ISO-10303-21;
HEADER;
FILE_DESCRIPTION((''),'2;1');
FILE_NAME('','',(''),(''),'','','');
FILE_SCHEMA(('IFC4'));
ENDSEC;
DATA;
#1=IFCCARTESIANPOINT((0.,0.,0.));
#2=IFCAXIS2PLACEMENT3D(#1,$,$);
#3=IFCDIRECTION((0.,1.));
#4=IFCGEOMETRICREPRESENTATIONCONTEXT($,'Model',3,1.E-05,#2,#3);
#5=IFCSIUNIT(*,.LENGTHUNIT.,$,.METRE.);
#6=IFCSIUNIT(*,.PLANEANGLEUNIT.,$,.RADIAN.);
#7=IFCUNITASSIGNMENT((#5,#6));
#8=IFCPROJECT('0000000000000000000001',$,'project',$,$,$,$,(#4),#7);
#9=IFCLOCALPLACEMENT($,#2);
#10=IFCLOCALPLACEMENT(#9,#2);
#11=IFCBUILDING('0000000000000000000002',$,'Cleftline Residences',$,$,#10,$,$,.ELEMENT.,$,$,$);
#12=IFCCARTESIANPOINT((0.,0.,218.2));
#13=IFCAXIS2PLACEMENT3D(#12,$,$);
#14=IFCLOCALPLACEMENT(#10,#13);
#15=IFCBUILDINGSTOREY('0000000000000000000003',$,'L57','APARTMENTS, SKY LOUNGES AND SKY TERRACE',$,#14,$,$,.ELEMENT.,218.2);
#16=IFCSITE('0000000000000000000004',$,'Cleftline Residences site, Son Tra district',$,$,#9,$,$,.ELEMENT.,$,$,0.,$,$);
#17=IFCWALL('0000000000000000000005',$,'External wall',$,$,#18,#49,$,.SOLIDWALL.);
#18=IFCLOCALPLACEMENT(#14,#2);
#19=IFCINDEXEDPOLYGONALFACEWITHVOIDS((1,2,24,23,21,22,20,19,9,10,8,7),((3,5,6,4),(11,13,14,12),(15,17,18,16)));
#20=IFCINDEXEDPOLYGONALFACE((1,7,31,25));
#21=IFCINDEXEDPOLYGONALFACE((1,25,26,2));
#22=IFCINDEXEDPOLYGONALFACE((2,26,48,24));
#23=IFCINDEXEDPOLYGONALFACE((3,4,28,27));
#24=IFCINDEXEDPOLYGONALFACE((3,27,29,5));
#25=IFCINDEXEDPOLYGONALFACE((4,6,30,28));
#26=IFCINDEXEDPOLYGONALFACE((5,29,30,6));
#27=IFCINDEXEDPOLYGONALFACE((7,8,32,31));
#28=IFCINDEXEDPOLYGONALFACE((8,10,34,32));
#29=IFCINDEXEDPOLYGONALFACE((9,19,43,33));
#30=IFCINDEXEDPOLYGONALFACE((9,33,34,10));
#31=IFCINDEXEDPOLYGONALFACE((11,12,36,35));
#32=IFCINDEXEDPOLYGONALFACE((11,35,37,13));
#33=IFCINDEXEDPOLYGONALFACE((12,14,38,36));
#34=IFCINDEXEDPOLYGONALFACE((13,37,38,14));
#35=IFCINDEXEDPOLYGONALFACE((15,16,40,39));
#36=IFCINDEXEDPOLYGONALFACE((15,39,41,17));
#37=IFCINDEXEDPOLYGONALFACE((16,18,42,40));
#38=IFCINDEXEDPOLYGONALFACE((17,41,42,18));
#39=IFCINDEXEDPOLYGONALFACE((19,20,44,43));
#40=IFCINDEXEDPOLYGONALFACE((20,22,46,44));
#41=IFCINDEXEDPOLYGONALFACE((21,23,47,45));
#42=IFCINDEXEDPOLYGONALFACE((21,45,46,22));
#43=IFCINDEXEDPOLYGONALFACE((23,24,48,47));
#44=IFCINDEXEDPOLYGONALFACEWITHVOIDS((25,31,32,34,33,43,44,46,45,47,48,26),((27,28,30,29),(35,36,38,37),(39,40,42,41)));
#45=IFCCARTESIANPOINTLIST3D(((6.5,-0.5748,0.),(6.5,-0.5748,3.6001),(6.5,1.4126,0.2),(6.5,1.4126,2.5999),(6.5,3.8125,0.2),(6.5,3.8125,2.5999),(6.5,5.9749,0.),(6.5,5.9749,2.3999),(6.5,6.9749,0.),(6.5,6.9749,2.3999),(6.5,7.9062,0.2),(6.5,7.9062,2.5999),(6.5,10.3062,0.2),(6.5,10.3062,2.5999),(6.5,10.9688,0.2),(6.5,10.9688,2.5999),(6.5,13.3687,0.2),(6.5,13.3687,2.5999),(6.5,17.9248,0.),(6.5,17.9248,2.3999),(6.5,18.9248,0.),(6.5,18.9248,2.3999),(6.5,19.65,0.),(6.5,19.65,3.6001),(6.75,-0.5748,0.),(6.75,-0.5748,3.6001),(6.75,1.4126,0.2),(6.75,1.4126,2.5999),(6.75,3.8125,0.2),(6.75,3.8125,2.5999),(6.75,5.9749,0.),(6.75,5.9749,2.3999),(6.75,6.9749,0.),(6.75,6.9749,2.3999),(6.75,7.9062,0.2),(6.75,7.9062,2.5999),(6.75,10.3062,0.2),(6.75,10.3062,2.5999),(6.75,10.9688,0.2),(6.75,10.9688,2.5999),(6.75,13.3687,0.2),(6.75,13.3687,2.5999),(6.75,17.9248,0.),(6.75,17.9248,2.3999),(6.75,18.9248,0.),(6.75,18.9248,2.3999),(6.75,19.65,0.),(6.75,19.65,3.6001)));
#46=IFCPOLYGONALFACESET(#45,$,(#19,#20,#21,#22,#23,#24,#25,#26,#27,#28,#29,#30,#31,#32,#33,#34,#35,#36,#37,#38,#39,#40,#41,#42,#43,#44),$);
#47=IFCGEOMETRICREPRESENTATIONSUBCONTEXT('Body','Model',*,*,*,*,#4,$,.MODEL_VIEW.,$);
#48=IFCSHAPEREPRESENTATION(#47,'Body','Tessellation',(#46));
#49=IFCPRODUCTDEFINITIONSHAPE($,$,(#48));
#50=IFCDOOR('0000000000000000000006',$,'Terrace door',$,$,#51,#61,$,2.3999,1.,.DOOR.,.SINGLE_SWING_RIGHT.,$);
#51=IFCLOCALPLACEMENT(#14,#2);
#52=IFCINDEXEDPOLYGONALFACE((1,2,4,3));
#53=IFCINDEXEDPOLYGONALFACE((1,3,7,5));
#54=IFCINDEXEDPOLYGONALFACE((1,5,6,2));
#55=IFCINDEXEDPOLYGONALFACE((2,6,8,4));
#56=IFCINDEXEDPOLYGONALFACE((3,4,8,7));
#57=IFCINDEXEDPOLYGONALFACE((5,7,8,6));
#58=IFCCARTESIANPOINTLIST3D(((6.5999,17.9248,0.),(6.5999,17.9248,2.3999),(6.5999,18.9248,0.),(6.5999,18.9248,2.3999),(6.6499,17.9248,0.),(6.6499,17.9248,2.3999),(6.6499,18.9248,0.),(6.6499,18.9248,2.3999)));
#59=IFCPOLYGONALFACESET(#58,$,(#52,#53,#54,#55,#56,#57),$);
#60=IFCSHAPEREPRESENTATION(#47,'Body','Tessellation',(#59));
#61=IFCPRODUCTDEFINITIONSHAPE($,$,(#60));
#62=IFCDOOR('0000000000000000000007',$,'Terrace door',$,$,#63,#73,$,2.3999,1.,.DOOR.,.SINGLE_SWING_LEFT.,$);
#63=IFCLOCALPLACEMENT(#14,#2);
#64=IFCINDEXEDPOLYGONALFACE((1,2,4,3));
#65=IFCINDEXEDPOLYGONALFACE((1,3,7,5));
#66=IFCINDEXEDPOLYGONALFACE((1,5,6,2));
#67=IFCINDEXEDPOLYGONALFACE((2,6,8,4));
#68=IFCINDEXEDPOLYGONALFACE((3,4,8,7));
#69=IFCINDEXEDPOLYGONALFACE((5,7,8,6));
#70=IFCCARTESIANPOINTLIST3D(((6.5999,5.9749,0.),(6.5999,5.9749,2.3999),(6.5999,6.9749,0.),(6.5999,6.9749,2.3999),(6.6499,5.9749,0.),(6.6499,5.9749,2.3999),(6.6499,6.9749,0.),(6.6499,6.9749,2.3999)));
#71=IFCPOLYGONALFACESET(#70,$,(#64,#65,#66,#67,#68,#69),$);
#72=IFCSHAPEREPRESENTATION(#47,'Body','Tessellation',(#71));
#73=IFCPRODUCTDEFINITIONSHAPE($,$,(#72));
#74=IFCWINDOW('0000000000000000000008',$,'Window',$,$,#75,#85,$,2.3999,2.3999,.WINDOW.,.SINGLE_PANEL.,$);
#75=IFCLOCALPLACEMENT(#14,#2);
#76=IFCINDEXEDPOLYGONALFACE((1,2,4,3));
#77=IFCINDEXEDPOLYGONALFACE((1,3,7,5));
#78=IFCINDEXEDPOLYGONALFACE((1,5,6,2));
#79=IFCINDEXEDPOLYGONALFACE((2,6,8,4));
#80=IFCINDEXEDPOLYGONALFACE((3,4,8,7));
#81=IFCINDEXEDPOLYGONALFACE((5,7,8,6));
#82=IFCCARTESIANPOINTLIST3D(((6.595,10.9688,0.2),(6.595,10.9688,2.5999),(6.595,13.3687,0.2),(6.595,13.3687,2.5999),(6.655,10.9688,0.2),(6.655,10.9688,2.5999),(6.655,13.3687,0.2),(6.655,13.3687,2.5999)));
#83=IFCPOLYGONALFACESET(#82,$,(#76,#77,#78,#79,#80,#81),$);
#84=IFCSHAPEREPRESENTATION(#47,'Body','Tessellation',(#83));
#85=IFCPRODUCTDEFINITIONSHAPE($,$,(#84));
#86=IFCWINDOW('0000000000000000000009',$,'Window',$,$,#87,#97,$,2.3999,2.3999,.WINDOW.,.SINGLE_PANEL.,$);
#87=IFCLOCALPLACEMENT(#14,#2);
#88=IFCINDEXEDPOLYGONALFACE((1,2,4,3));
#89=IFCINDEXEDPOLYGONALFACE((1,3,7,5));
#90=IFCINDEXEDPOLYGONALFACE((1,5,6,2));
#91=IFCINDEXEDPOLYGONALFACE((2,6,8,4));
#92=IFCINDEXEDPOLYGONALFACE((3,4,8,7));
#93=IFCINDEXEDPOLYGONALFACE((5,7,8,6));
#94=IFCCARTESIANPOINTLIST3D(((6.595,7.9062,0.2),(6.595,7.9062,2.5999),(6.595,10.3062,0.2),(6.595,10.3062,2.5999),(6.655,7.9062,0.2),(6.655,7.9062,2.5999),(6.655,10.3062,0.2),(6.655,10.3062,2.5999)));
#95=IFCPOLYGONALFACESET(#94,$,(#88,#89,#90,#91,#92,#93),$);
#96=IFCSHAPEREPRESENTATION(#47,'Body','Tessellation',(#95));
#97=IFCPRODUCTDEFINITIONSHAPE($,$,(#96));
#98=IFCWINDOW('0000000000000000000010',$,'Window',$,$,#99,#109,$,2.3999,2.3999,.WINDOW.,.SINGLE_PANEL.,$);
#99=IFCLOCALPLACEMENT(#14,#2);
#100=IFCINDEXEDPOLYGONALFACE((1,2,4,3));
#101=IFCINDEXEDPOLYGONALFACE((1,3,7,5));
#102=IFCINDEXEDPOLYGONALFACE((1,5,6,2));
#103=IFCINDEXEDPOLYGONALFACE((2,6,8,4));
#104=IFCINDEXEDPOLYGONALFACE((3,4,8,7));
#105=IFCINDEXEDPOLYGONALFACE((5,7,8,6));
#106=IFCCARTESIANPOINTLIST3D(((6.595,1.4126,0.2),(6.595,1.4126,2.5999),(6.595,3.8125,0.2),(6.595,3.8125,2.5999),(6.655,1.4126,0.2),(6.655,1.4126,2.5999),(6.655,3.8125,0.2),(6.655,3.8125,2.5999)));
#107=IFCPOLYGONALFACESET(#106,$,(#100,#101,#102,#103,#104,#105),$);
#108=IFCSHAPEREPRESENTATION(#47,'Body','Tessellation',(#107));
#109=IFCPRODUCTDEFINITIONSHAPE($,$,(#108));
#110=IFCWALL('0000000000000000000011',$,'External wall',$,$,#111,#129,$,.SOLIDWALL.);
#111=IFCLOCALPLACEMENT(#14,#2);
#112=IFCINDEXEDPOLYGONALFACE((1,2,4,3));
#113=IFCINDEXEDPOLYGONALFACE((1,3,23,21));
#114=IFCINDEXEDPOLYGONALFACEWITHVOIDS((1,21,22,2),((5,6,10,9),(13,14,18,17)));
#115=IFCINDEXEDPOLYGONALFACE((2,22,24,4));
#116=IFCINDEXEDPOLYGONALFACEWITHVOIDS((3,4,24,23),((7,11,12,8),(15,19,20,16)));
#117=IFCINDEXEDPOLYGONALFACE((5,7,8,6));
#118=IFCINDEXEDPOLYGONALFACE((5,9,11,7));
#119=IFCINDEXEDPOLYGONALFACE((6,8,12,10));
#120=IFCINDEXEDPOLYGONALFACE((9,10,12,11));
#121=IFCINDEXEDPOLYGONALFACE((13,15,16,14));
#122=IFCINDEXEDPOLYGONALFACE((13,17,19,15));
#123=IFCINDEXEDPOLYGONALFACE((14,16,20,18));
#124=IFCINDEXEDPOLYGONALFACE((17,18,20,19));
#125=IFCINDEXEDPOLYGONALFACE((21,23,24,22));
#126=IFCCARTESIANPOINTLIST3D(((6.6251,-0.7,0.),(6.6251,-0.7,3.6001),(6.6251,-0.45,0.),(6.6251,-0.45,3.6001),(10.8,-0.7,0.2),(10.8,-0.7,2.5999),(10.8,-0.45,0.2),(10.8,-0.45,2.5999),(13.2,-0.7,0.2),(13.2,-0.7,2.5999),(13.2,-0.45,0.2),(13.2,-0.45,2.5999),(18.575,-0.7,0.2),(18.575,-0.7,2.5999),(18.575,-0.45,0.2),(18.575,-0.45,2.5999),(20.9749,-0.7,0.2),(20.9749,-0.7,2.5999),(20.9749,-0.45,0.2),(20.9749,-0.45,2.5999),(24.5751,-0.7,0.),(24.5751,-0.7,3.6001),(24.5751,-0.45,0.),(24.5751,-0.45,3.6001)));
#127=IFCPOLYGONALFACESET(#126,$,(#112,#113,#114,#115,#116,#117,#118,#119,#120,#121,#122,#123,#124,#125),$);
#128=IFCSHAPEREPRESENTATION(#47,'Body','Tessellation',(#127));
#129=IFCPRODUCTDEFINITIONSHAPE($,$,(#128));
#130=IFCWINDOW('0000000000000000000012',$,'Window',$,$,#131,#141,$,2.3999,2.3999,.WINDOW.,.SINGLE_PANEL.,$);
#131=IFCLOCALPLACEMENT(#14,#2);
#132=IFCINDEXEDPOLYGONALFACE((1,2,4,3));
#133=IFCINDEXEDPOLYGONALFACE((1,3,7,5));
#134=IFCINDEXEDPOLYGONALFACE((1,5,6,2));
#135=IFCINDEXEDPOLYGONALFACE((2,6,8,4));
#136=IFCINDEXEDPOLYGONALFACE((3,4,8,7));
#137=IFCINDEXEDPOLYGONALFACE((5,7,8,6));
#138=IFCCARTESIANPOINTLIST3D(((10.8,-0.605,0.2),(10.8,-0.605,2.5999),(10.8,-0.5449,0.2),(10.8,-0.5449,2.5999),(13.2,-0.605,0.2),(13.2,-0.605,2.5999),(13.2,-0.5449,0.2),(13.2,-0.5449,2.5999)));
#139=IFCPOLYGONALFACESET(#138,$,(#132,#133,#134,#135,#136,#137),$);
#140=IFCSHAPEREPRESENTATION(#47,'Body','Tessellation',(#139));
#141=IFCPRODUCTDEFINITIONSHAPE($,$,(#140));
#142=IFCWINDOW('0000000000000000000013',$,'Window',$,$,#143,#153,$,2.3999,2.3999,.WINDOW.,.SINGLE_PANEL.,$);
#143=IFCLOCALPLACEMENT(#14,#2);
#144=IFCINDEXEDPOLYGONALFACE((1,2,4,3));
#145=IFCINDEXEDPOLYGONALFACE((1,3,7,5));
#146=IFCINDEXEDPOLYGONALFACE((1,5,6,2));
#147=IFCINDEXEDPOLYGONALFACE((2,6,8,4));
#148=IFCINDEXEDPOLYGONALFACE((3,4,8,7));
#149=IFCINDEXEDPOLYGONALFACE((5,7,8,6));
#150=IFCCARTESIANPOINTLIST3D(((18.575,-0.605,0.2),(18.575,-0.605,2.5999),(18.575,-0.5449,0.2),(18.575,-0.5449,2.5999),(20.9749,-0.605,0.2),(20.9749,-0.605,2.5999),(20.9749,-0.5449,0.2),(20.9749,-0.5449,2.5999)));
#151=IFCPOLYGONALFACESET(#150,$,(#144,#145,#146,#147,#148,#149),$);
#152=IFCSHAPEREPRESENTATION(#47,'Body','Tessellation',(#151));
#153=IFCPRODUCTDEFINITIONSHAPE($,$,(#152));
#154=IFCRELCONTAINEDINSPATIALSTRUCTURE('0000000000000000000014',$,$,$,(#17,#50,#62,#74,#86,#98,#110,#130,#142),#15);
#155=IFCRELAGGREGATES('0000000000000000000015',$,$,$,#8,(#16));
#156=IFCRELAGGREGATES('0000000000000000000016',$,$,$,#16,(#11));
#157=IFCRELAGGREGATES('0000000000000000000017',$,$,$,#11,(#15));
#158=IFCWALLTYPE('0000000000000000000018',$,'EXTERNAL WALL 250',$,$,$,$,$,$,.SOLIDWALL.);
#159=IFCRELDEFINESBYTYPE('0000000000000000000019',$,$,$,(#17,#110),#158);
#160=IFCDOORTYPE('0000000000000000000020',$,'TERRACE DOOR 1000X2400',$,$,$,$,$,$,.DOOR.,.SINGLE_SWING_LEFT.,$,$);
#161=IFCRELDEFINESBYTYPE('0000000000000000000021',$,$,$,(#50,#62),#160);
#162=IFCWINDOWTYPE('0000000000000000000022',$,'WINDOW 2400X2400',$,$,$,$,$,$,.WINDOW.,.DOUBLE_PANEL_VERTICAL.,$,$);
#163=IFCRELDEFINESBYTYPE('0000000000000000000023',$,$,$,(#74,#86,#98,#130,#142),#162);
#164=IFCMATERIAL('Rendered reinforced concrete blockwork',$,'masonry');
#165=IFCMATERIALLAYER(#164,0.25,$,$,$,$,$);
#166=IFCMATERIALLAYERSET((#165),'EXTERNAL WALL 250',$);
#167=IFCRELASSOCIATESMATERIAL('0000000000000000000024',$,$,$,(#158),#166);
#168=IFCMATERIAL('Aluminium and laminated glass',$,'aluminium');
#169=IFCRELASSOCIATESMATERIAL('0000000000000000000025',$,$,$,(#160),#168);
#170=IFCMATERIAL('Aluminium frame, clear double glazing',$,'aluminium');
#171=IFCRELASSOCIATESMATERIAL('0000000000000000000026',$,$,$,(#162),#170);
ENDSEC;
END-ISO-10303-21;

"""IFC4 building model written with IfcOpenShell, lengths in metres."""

from ifc_helpers import new_model, si_unit, direction, frame, frame_2d, origin, place, context, subcontext, project, spatial, rectangle, extrude, material, layer, layer_set, type_object, element, fill, save


model = new_model("IFC4")

# Units and contexts
model_context = context("Model", 3, precision=1e-05, world=origin(), true_north=direction((0.0, 1.0)))
body_context = subcontext(model_context, "Body", "Model", "MODEL_VIEW")
ifc_project = project(units=[si_unit("LENGTHUNIT", "METRE"), si_unit("PLANEANGLEUNIT", "RADIAN")], contexts=[model_context])

# Site, building, storey
site_placement = place(None, origin())
site = spatial("IfcSite", under=ifc_project, at=site_placement, Name="Cleftline Residences site, Son Tra district", CompositionType="ELEMENT", RefElevation=0.0)
building_placement = place(site_placement, origin())
building = spatial("IfcBuilding", under=site, at=building_placement, Name="Cleftline Residences", CompositionType="ELEMENT")
storey_placement = place(building_placement, frame((0.0, 0.0, 218.2)))
storey = spatial("IfcBuildingStorey", under=building, at=storey_placement, Name="L57", Description="APARTMENTS, SKY LOUNGES AND SKY TERRACE", CompositionType="ELEMENT", Elevation=218.2)

# Wall, openings, doors, windows
ifc_material_1 = material(Name="Rendered reinforced concrete blockwork", Category="masonry")
ifc_layer_1 = layer(ifc_material_1, 0.25)
ifc_layer_set_1 = layer_set([ifc_layer_1], Name="EXTERNAL WALL 250")
wall_type_1 = type_object("IfcWallType", Name="EXTERNAL WALL 250", PredefinedType="SOLIDWALL", material=ifc_layer_set_1)
wall_1_placement = place(storey_placement, frame((6.625, 19.6499, 0.0), z_axis=(0.0, 0.0, 1.0), x_axis=(0.0, -1.0, 0.0)))
wall_1 = element("IfcWall", 1, at=wall_1_placement, inside=storey, type_object=wall_type_1, Name="External wall", PredefinedType="SOLIDWALL", context=body_context, shape_type="SweptSolid", body=[
    extrude(rectangle(XDim=20.2249, YDim=0.25, at=frame_2d((10.1123, 0.0))), origin(), (0.0, 0.0, 1.0), 3.6001),
])
opening_1_placement = place(wall_1_placement, frame((0.7251, 0.0, 0.0)))
opening_1 = element("IfcOpeningElement", 2, at=opening_1_placement, cuts=wall_1, PredefinedType="OPENING", context=body_context, shape_type="SweptSolid", body=[
    extrude(rectangle(XDim=1.0, YDim=2.3999, at=frame_2d((0.5, 1.2))), frame((0.0, 0.135, 0.0), z_axis=(0.0, -1.0, 0.0), x_axis=(1.0, 0.0, 0.0)), (0.0, 0.0, 1.0), 0.27),
])
opening_2_placement = place(wall_1_placement, frame((12.675, 0.0, 0.0)))
opening_2 = element("IfcOpeningElement", 3, at=opening_2_placement, cuts=wall_1, PredefinedType="OPENING", context=body_context, shape_type="SweptSolid", body=[
    extrude(rectangle(XDim=1.0, YDim=2.3999, at=frame_2d((0.5, 1.2))), frame((0.0, 0.135, 0.0), z_axis=(0.0, -1.0, 0.0), x_axis=(1.0, 0.0, 0.0)), (0.0, 0.0, 1.0), 0.27),
])
opening_3_placement = place(wall_1_placement, frame((6.2812, 0.0, 0.2)))
opening_3 = element("IfcOpeningElement", 4, at=opening_3_placement, cuts=wall_1, PredefinedType="OPENING", context=body_context, shape_type="SweptSolid", body=[
    extrude(rectangle(XDim=2.3999, YDim=2.3999, at=frame_2d((1.2, 1.2))), frame((0.0, 0.135, 0.0), z_axis=(0.0, -1.0, 0.0), x_axis=(1.0, 0.0, 0.0)), (0.0, 0.0, 1.0), 0.27),
])
opening_4_placement = place(wall_1_placement, frame((9.3438, 0.0, 0.2)))
opening_4 = element("IfcOpeningElement", 5, at=opening_4_placement, cuts=wall_1, PredefinedType="OPENING", context=body_context, shape_type="SweptSolid", body=[
    extrude(rectangle(XDim=2.3999, YDim=2.3999, at=frame_2d((1.2, 1.2))), frame((0.0, 0.135, 0.0), z_axis=(0.0, -1.0, 0.0), x_axis=(1.0, 0.0, 0.0)), (0.0, 0.0, 1.0), 0.27),
])
opening_5_placement = place(wall_1_placement, frame((15.8374, 0.0, 0.2)))
opening_5 = element("IfcOpeningElement", 6, at=opening_5_placement, cuts=wall_1, PredefinedType="OPENING", context=body_context, shape_type="SweptSolid", body=[
    extrude(rectangle(XDim=2.3999, YDim=2.3999, at=frame_2d((1.2, 1.2))), frame((0.0, 0.135, 0.0), z_axis=(0.0, -1.0, 0.0), x_axis=(1.0, 0.0, 0.0)), (0.0, 0.0, 1.0), 0.27),
])
ifc_material_2 = material(Name="Aluminium and laminated glass", Category="aluminium")
door_type_1 = type_object("IfcDoorType", Name="TERRACE DOOR 1000X2400", OperationType="SINGLE_SWING_LEFT", PredefinedType="DOOR", material=ifc_material_2)
door_1_placement = place(opening_1_placement, origin())
door_1 = element("IfcDoor", 7, at=door_1_placement, inside=storey, type_object=door_type_1, Name="Terrace door", OperationType="SINGLE_SWING_RIGHT", OverallHeight=2.3999, OverallWidth=1.0, PredefinedType="DOOR", context=body_context, shape_type="SweptSolid", body=[
    extrude(rectangle(XDim=1.0, YDim=2.3999, at=frame_2d((0.5, 1.2))), frame((0.0, 0.0249, 0.0), z_axis=(0.0, -1.0, 0.0), x_axis=(1.0, 0.0, 0.0)), (0.0, 0.0, 1.0), 0.05),
])
fill(opening_1, door_1)
door_2_placement = place(opening_2_placement, origin())
door_2 = element("IfcDoor", 8, at=door_2_placement, inside=storey, type_object=door_type_1, Name="Terrace door", OperationType="SINGLE_SWING_LEFT", OverallHeight=2.3999, OverallWidth=1.0, PredefinedType="DOOR", context=body_context, shape_type="SweptSolid", body=[
    extrude(rectangle(XDim=1.0, YDim=2.3999, at=frame_2d((0.5, 1.2))), frame((0.0, 0.0249, 0.0), z_axis=(0.0, -1.0, 0.0), x_axis=(1.0, 0.0, 0.0)), (0.0, 0.0, 1.0), 0.05),
])
fill(opening_2, door_2)
ifc_material_3 = material(Name="Aluminium frame, clear double glazing", Category="aluminium")
window_type = type_object("IfcWindowType", Name="WINDOW 2400X2400", PartitioningType="DOUBLE_PANEL_VERTICAL", PredefinedType="WINDOW", material=ifc_material_3)
window_1_placement = place(opening_3_placement, origin())
window_1 = element("IfcWindow", 9, at=window_1_placement, inside=storey, type_object=window_type, Name="Window", OverallHeight=2.3999, OverallWidth=2.3999, PartitioningType="SINGLE_PANEL", PredefinedType="WINDOW", context=body_context, shape_type="SweptSolid", body=[
    extrude(rectangle(XDim=2.3999, YDim=2.3999, at=frame_2d((1.2, 1.2))), frame((0.0, 0.03, 0.0), z_axis=(0.0, -1.0, 0.0), x_axis=(1.0, 0.0, 0.0)), (0.0, 0.0, 1.0), 0.0601),
])
fill(opening_3, window_1)
window_2_placement = place(opening_4_placement, origin())
window_2 = element("IfcWindow", 10, at=window_2_placement, inside=storey, type_object=window_type, Name="Window", OverallHeight=2.3999, OverallWidth=2.3999, PartitioningType="SINGLE_PANEL", PredefinedType="WINDOW", context=body_context, shape_type="SweptSolid", body=[
    extrude(rectangle(XDim=2.3999, YDim=2.3999, at=frame_2d((1.2, 1.2))), frame((0.0, 0.03, 0.0), z_axis=(0.0, -1.0, 0.0), x_axis=(1.0, 0.0, 0.0)), (0.0, 0.0, 1.0), 0.0601),
])
fill(opening_4, window_2)
window_3_placement = place(opening_5_placement, origin())
window_3 = element("IfcWindow", 11, at=window_3_placement, inside=storey, type_object=window_type, Name="Window", OverallHeight=2.3999, OverallWidth=2.3999, PartitioningType="SINGLE_PANEL", PredefinedType="WINDOW", context=body_context, shape_type="SweptSolid", body=[
    extrude(rectangle(XDim=2.3999, YDim=2.3999, at=frame_2d((1.2, 1.2))), frame((0.0, 0.03, 0.0), z_axis=(0.0, -1.0, 0.0), x_axis=(1.0, 0.0, 0.0)), (0.0, 0.0, 1.0), 0.0601),
])
fill(opening_5, window_3)

# Wall, openings, windows
wall_2_placement = place(storey_placement, frame((6.625, -0.575, 0.0), z_axis=(0.0, 0.0, 1.0), x_axis=(1.0, 0.0, 0.0)))
wall_2 = element("IfcWall", 12, at=wall_2_placement, inside=storey, type_object=wall_type_1, Name="External wall", PredefinedType="SOLIDWALL", context=body_context, shape_type="SweptSolid", body=[
    extrude(rectangle(XDim=17.95, YDim=0.25, at=frame_2d((8.9751, 0.0))), origin(), (0.0, 0.0, 1.0), 3.6001),
])
opening_6_placement = place(wall_2_placement, frame((4.175, 0.0, 0.2)))
opening_6 = element("IfcOpeningElement", 13, at=opening_6_placement, cuts=wall_2, PredefinedType="OPENING", context=body_context, shape_type="SweptSolid", body=[
    extrude(rectangle(XDim=2.3999, YDim=2.3999, at=frame_2d((1.2, 1.2))), frame((0.0, 0.135, 0.0), z_axis=(0.0, -1.0, 0.0), x_axis=(1.0, 0.0, 0.0)), (0.0, 0.0, 1.0), 0.27),
])
opening_7_placement = place(wall_2_placement, frame((11.95, 0.0, 0.2)))
opening_7 = element("IfcOpeningElement", 14, at=opening_7_placement, cuts=wall_2, PredefinedType="OPENING", context=body_context, shape_type="SweptSolid", body=[
    extrude(rectangle(XDim=2.3999, YDim=2.3999, at=frame_2d((1.2, 1.2))), frame((0.0, 0.135, 0.0), z_axis=(0.0, -1.0, 0.0), x_axis=(1.0, 0.0, 0.0)), (0.0, 0.0, 1.0), 0.27),
])
window_4_placement = place(opening_6_placement, origin())
window_4 = element("IfcWindow", 15, at=window_4_placement, inside=storey, type_object=window_type, Name="Window", OverallHeight=2.3999, OverallWidth=2.3999, PartitioningType="SINGLE_PANEL", PredefinedType="WINDOW", context=body_context, shape_type="SweptSolid", body=[
    extrude(rectangle(XDim=2.3999, YDim=2.3999, at=frame_2d((1.2, 1.2))), frame((0.0, 0.03, 0.0), z_axis=(0.0, -1.0, 0.0), x_axis=(1.0, 0.0, 0.0)), (0.0, 0.0, 1.0), 0.0601),
])
fill(opening_6, window_4)
window_5_placement = place(opening_7_placement, origin())
window_5 = element("IfcWindow", 16, at=window_5_placement, inside=storey, type_object=window_type, Name="Window", OverallHeight=2.3999, OverallWidth=2.3999, PartitioningType="SINGLE_PANEL", PredefinedType="WINDOW", context=body_context, shape_type="SweptSolid", body=[
    extrude(rectangle(XDim=2.3999, YDim=2.3999, at=frame_2d((1.2, 1.2))), frame((0.0, 0.03, 0.0), z_axis=(0.0, -1.0, 0.0), x_axis=(1.0, 0.0, 0.0)), (0.0, 0.0, 1.0), 0.0601),
])
fill(opening_7, window_5)

save(model, "model.ifc")
